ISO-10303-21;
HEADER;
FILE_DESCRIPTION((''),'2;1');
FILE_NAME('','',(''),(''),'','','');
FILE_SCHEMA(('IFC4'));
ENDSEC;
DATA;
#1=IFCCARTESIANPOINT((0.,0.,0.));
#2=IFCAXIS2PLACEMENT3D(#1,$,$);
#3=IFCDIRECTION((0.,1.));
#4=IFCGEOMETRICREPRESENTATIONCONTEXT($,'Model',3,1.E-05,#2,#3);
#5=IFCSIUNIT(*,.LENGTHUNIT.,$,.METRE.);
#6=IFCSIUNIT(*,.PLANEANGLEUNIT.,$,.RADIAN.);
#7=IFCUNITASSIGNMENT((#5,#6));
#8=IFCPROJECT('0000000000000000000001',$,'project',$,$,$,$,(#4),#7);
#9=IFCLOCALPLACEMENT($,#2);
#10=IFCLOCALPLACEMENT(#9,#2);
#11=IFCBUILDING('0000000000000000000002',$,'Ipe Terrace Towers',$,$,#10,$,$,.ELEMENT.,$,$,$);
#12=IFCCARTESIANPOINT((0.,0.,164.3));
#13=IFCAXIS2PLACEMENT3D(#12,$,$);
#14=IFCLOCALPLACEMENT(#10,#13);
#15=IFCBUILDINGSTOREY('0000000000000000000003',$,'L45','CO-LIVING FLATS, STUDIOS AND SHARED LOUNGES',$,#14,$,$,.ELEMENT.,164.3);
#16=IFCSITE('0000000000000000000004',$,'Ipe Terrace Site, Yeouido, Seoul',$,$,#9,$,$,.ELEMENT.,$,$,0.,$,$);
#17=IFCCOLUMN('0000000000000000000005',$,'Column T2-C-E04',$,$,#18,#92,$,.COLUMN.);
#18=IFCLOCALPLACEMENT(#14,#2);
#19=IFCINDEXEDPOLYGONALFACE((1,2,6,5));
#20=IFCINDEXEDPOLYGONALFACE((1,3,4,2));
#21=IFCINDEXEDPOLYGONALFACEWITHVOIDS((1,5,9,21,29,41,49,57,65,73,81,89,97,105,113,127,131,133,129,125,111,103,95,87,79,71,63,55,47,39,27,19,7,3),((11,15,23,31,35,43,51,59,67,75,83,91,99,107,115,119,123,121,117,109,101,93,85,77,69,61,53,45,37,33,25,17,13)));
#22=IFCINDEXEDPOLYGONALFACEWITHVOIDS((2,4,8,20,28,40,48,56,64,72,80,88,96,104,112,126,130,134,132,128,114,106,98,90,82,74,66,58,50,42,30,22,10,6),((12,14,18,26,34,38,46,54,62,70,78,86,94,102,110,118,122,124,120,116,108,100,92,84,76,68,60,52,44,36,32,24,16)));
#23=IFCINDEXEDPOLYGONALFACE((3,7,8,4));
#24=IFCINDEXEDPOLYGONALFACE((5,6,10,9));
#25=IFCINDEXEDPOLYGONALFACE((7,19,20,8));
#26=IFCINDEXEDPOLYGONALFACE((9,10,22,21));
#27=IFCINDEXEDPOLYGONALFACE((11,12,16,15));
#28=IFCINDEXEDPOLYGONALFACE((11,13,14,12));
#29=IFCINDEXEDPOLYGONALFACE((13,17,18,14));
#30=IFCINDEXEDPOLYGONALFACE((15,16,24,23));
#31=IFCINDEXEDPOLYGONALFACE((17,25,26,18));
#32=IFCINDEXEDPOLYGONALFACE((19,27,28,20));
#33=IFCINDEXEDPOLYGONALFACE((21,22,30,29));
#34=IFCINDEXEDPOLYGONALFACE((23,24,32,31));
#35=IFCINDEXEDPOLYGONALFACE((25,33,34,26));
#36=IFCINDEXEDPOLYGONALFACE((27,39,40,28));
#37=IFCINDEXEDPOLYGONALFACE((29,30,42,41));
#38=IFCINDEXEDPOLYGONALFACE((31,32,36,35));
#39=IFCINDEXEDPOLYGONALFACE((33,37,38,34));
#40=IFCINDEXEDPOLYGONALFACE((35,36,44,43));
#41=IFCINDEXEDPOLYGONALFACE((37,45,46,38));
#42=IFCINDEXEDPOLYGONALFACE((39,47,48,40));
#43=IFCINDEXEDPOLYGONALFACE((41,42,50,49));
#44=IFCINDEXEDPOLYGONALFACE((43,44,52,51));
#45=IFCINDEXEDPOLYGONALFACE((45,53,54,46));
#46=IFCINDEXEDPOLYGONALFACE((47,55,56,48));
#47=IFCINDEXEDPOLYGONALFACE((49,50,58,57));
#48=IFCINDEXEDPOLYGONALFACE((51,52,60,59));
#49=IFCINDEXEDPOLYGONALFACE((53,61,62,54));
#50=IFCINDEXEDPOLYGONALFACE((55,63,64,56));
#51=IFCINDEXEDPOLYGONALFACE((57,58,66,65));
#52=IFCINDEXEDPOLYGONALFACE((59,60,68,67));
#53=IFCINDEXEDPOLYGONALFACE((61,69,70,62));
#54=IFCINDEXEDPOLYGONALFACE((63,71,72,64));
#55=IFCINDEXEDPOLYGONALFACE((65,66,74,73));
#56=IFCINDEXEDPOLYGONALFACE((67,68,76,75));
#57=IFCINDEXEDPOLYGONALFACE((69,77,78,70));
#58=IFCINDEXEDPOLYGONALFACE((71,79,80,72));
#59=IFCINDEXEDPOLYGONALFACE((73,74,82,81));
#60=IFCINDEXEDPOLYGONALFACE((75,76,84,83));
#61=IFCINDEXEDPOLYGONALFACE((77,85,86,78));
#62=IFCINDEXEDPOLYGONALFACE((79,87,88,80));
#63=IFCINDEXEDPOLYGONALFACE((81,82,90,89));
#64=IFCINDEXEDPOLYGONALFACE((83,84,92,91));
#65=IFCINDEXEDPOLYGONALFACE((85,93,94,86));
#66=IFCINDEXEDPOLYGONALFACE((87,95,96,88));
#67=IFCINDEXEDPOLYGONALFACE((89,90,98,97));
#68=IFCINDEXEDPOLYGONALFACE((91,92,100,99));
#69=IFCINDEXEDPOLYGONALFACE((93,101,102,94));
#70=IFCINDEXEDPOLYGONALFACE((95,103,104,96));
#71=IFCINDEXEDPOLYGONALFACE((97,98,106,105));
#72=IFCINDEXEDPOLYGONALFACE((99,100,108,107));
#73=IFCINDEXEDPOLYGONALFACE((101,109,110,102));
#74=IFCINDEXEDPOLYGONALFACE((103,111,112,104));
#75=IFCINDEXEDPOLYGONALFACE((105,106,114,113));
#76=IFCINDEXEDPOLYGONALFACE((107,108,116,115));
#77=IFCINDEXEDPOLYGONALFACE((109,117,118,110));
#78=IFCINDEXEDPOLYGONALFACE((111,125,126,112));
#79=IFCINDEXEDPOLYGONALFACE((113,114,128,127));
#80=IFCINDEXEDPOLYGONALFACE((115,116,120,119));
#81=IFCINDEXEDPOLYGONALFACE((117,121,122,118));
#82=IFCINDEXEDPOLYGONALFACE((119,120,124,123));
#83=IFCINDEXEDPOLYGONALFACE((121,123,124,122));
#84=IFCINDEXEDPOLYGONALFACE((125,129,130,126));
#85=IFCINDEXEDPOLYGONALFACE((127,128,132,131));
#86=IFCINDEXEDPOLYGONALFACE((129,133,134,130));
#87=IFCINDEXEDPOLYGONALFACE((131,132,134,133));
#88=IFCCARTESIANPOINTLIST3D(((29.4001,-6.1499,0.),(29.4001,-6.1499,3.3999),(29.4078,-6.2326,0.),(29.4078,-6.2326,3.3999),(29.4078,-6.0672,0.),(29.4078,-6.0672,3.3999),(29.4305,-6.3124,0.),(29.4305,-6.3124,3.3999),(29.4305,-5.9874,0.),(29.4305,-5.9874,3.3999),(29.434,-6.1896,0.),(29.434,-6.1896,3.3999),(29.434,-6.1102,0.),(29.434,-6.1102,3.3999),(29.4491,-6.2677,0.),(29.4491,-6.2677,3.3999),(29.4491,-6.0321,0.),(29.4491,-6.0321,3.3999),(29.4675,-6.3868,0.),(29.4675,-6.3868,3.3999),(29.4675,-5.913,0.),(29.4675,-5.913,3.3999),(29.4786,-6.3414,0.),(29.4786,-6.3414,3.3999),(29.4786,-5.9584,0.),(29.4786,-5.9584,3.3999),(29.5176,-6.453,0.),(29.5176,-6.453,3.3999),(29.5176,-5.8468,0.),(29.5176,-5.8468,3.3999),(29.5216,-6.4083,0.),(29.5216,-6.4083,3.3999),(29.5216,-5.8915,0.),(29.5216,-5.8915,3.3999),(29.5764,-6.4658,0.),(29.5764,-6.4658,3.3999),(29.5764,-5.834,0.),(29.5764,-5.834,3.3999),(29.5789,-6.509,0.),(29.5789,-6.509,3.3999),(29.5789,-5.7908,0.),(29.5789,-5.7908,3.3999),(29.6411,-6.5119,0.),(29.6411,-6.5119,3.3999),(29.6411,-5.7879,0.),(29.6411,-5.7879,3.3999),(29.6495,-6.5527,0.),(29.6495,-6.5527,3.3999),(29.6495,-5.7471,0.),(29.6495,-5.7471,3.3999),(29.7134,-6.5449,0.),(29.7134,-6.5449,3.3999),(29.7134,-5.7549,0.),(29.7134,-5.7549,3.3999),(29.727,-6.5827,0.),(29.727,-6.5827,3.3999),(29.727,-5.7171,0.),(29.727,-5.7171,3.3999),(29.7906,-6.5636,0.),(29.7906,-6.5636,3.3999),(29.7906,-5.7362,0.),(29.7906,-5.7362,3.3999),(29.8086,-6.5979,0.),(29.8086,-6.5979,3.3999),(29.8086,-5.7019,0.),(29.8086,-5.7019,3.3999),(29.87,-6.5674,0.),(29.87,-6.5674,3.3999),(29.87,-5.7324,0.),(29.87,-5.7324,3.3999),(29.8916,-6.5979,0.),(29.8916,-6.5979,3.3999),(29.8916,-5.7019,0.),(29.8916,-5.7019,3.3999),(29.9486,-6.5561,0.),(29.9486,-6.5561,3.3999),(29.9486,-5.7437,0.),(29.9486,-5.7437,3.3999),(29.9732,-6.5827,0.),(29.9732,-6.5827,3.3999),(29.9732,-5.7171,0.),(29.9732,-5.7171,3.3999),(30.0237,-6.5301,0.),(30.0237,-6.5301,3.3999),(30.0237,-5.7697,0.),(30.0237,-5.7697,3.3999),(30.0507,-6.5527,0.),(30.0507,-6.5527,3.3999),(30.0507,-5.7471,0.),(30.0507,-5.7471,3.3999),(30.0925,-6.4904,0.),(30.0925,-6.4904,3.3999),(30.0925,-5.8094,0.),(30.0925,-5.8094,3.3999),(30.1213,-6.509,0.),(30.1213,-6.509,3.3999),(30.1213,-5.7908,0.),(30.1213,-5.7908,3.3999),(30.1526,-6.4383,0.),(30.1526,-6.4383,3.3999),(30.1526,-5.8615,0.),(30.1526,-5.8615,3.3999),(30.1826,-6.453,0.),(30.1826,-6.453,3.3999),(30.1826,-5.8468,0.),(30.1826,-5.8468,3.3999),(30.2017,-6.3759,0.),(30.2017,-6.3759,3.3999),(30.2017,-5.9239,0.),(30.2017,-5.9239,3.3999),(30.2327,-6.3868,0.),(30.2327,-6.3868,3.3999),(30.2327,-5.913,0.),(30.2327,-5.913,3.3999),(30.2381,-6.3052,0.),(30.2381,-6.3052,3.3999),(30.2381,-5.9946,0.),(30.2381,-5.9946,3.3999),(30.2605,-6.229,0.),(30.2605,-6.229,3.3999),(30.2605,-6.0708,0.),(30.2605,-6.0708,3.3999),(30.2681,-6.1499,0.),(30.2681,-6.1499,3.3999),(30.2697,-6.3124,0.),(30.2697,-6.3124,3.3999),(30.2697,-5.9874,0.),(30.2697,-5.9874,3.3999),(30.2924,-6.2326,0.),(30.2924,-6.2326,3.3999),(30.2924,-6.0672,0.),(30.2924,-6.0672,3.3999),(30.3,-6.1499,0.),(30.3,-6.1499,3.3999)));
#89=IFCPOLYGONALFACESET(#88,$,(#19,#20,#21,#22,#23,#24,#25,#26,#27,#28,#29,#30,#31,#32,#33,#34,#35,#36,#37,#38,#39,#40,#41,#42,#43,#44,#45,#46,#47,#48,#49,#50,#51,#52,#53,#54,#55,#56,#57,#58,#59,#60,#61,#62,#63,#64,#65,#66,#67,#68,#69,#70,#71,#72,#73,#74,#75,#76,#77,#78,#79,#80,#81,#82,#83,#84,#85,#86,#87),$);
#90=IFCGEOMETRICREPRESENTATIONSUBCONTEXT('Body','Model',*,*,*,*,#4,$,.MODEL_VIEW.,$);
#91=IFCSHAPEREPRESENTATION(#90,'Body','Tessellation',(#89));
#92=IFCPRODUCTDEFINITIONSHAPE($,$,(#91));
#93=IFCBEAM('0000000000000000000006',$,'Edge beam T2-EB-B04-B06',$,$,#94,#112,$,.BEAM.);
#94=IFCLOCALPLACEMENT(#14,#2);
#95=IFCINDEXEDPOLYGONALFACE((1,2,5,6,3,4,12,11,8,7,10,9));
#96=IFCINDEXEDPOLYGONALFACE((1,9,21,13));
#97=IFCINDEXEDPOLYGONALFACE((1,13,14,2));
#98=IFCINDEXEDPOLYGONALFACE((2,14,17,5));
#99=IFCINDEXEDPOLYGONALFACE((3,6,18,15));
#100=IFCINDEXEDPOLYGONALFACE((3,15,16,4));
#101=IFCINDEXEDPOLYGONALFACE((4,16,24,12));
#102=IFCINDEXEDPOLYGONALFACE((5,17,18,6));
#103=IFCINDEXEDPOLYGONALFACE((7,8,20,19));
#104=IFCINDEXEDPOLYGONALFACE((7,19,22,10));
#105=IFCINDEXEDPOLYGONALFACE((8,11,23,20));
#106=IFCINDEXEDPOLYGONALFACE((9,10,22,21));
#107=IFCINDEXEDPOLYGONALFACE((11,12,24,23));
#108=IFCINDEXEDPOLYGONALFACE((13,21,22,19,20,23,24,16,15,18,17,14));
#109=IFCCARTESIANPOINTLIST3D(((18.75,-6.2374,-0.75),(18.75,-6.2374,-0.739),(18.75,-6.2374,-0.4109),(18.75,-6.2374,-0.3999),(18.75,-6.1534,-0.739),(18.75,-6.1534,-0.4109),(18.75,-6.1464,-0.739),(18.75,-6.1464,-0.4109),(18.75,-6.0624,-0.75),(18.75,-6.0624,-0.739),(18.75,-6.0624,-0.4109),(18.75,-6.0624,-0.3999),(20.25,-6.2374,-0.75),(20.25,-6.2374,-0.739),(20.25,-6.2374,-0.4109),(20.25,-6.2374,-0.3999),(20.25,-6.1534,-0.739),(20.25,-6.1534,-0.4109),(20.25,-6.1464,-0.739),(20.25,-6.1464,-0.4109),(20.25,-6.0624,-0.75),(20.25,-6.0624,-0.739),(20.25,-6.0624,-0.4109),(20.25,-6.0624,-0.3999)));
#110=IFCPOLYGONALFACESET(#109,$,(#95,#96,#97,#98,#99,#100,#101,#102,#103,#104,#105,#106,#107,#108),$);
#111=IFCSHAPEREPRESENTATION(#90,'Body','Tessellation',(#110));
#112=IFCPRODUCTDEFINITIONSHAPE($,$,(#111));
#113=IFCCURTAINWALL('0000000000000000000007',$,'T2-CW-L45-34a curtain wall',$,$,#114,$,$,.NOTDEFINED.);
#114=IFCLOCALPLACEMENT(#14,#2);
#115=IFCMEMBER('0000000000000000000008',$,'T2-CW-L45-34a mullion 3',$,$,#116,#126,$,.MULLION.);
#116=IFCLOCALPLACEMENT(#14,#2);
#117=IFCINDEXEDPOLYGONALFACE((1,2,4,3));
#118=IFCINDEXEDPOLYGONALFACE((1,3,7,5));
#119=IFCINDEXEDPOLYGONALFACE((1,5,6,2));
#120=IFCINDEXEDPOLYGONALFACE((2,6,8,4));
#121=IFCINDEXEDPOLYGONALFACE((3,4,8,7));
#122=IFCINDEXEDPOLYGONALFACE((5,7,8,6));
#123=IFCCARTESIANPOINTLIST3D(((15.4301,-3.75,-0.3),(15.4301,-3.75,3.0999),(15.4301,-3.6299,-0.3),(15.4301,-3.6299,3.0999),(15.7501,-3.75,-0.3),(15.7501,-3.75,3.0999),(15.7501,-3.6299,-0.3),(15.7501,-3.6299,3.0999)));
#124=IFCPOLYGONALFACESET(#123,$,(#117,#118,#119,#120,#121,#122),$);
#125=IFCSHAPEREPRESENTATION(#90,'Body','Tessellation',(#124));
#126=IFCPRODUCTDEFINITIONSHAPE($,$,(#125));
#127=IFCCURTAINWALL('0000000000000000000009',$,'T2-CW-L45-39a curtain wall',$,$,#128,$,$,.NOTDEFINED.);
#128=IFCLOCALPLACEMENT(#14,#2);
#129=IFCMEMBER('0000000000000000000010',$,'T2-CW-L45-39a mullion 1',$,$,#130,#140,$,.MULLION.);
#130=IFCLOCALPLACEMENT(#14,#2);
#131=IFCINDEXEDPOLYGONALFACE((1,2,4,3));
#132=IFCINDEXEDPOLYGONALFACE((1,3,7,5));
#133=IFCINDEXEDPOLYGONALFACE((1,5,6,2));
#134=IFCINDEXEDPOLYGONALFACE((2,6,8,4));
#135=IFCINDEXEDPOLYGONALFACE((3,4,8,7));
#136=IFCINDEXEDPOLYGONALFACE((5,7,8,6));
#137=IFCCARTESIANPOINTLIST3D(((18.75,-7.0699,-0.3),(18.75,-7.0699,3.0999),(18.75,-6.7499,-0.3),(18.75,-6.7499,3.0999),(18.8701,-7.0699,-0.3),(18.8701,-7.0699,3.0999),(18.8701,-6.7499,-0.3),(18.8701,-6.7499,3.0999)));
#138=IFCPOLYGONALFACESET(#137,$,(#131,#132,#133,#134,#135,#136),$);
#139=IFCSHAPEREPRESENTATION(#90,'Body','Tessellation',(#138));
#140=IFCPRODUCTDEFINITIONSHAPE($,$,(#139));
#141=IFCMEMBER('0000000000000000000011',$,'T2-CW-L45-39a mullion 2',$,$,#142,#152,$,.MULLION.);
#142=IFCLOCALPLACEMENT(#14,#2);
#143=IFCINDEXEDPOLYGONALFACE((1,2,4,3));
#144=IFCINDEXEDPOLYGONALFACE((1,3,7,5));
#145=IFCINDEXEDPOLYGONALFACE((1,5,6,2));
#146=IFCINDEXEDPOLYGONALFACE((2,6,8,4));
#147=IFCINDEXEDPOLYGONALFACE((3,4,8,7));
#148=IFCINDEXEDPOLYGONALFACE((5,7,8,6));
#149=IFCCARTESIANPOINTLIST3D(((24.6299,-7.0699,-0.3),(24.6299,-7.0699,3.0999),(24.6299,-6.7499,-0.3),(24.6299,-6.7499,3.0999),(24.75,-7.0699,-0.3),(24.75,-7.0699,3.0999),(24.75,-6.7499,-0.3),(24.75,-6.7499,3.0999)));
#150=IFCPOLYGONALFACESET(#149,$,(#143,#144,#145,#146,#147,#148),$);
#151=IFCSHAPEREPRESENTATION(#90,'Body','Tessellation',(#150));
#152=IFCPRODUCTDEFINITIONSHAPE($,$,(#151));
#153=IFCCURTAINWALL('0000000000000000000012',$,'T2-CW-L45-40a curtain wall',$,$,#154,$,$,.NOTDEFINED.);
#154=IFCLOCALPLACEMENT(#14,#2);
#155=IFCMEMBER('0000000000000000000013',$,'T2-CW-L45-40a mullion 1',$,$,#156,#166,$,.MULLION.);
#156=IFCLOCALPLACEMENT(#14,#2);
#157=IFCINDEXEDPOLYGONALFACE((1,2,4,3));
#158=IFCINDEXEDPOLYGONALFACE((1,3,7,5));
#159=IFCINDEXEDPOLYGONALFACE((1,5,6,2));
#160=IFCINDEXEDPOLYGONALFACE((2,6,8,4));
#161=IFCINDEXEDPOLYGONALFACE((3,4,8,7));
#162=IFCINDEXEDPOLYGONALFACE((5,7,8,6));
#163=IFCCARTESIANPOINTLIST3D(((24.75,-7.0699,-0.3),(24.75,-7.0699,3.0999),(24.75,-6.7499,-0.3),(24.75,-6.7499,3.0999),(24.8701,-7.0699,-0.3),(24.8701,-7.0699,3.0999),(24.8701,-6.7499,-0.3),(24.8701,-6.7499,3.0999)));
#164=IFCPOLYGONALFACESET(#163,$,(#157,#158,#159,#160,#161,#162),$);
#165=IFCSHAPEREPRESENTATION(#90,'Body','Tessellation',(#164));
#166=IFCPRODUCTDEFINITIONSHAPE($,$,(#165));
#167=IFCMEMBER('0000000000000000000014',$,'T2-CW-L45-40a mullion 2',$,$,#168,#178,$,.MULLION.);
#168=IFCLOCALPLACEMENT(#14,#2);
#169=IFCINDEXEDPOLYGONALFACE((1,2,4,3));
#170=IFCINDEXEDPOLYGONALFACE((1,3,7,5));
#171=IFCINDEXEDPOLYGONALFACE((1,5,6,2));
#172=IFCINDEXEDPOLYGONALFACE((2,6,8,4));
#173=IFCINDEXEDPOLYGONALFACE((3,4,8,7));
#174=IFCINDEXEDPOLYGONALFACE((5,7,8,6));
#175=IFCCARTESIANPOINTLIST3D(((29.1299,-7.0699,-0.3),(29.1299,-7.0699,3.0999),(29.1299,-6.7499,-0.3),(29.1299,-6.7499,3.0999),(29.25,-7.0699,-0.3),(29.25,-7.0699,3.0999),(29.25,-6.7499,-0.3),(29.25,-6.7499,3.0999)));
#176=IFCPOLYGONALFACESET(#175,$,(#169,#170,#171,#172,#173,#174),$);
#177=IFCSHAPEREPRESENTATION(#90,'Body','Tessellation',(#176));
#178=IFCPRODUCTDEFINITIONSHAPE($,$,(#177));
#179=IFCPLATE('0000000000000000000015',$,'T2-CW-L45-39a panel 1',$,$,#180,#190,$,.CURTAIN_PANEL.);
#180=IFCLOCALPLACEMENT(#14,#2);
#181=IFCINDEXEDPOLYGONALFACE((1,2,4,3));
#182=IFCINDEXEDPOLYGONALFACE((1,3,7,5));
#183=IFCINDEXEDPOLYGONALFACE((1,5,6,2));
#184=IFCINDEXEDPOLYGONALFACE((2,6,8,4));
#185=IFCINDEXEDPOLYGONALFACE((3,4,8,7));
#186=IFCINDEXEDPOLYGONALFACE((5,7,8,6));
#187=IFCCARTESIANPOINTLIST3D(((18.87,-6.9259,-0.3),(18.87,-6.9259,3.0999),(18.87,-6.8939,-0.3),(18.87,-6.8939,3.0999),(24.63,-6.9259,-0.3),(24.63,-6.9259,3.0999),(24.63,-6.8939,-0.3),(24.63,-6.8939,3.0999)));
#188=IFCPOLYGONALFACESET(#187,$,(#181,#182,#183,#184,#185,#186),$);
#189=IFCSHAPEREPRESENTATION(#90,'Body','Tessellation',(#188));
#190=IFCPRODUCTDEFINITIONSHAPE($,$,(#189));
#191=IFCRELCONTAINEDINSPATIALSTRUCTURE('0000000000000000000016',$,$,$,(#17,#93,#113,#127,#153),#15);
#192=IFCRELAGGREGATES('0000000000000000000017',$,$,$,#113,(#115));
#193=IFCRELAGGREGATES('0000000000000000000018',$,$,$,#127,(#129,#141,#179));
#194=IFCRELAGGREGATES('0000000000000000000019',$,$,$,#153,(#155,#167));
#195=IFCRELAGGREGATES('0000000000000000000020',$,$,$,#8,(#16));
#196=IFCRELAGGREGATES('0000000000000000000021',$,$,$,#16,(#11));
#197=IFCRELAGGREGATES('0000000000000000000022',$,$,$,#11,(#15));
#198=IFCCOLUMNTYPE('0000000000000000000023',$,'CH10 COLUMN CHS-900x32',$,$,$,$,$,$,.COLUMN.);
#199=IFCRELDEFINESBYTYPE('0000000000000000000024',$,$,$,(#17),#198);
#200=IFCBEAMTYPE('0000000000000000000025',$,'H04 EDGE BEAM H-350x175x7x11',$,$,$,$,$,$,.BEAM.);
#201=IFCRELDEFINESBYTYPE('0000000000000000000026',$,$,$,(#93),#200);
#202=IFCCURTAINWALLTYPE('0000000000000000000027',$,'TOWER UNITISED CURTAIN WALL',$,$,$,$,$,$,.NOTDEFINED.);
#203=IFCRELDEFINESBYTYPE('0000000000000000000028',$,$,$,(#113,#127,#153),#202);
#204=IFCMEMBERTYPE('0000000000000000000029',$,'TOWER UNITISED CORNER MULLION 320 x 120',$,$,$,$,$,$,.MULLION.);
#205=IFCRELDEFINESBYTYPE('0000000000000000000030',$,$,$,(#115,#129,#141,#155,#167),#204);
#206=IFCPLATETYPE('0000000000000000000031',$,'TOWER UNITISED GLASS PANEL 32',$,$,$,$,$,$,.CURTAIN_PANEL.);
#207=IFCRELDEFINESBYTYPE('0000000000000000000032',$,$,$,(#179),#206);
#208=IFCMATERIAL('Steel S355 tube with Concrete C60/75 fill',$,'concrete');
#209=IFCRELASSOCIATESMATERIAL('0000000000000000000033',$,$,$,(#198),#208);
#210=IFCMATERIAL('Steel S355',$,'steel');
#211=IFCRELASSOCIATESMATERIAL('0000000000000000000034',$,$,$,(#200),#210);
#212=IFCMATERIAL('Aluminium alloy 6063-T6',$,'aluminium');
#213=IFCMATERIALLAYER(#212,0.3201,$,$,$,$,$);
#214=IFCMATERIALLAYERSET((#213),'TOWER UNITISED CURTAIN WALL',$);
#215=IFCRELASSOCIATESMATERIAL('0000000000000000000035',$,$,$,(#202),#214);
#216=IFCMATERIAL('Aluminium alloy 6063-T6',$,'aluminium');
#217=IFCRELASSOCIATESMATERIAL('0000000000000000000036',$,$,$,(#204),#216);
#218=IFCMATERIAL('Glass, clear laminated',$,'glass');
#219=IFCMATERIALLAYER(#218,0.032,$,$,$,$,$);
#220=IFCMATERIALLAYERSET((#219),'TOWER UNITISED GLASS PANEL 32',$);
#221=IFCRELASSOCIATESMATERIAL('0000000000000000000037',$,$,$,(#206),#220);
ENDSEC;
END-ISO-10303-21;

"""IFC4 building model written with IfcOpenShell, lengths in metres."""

from ifc_helpers import new_model, si_unit, direction, frame, origin, origin_2d, place, context, subcontext, project, spatial, rectangle, hollow_circle, i_section, extrude, material, layer, layer_set, material_profile, profile_set, type_object, element, aggregate, save


model = new_model("IFC4")

# Units and contexts
model_context = context("Model", 3, precision=1e-05, world=origin(), true_north=direction((0.0, 1.0)))
body_context = subcontext(model_context, "Body", "Model", "MODEL_VIEW")
ifc_project = project(units=[si_unit("LENGTHUNIT", "METRE"), si_unit("PLANEANGLEUNIT", "RADIAN")], contexts=[model_context])

# Site, building, storey
site_placement = place(None, origin())
site = spatial("IfcSite", under=ifc_project, at=site_placement, Name="Ipe Terrace Site, Yeouido, Seoul", CompositionType="ELEMENT", RefElevation=0.0)
building_placement = place(site_placement, origin())
building = spatial("IfcBuilding", under=site, at=building_placement, Name="Ipe Terrace Towers", CompositionType="ELEMENT")
storey_placement = place(building_placement, frame((0.0, 0.0, 164.3)))
storey = spatial("IfcBuildingStorey", under=building, at=storey_placement, Name="L45", Description="CO-LIVING FLATS, STUDIOS AND SHARED LOUNGES", CompositionType="ELEMENT", Elevation=164.3)

# Column
ifc_material_1 = material(Name="Steel S355 tube with Concrete C60/75 fill", Category="concrete")
ifc_material_profile_1 = material_profile(ifc_material_1, hollow_circle(Radius=0.45, WallThickness=0.032, at=origin_2d()), Name="CHS-900x32")
ifc_profile_set_1 = profile_set([ifc_material_profile_1], Name="Steel S355 tube with Concrete C60/75 fill")
column_type_1 = type_object("IfcColumnType", Name="CH10 COLUMN CHS-900x32", PredefinedType="COLUMN", material=ifc_profile_set_1)
column_placement = place(storey_placement, frame((29.8501, -6.1499, 0.0), z_axis=(0.0, 0.0, 1.0), x_axis=(1.0, 0.0, 0.0)))
element("IfcColumn", 1, at=column_placement, inside=storey, type_object=column_type_1, Name="Column T2-C-E04", PredefinedType="COLUMN", context=body_context, shape_type="SweptSolid", body=[
    extrude(hollow_circle(Radius=0.45, WallThickness=0.032, at=origin_2d()), origin(), (0.0, 0.0, 1.0), 3.3999),
])

# Beam
ifc_material_2 = material(Name="Steel S355", Category="steel")
ifc_material_profile_2 = material_profile(ifc_material_2, i_section(OverallWidth=0.175, OverallDepth=0.3501, WebThickness=0.0071, FlangeThickness=0.011, at=origin_2d()), Name="H-350x175x7x11")
ifc_profile_set_2 = profile_set([ifc_material_profile_2], Name="Steel S355")
beam_type = type_object("IfcBeamType", Name="H04 EDGE BEAM H-350x175x7x11", PredefinedType="BEAM", material=ifc_profile_set_2)
beam_placement = place(storey_placement, frame((20.25, -6.1499, -0.575), z_axis=(-1.0, 0.0, 0.0), x_axis=(0.0, -1.0, 0.0)))
element("IfcBeam", 2, at=beam_placement, inside=storey, type_object=beam_type, Name="Edge beam T2-EB-B04-B06", PredefinedType="BEAM", context=body_context, shape_type="SweptSolid", body=[
    extrude(i_section(OverallWidth=0.175, OverallDepth=0.3501, WebThickness=0.0071, FlangeThickness=0.011, at=origin_2d()), origin(), (0.0, 0.0, 1.0), 1.5),
])

# Curtain wall, member
ifc_material_3 = material(Name="Aluminium alloy 6063-T6", Category="aluminium")
ifc_layer_1 = layer(ifc_material_3, 0.3201)
ifc_layer_set_1 = layer_set([ifc_layer_1], Name="TOWER UNITISED CURTAIN WALL")
curtain_wall_type = type_object("IfcCurtainWallType", Name="TOWER UNITISED CURTAIN WALL", PredefinedType="NOTDEFINED", material=ifc_layer_set_1)
curtain_wall_1_placement = place(storey_placement, origin())
curtain_wall_1 = element("IfcCurtainWall", 3, at=curtain_wall_1_placement, inside=storey, type_object=curtain_wall_type, Name="T2-CW-L45-34a curtain wall", PredefinedType="NOTDEFINED")
ifc_material_4 = material(Name="Aluminium alloy 6063-T6", Category="aluminium")
ifc_material_profile_3 = material_profile(ifc_material_4, rectangle(XDim=0.3201, YDim=0.1201, at=origin_2d()), Name="TOWER UNITISED CORNER MULLION 320 x 120")
ifc_profile_set_3 = profile_set([ifc_material_profile_3], Name="Aluminium alloy 6063-T6")
member_type = type_object("IfcMemberType", Name="TOWER UNITISED CORNER MULLION 320 x 120", PredefinedType="MULLION", material=ifc_profile_set_3)
member_1_placement = place(storey_placement, frame((15.5901, -3.6899, -0.3), z_axis=(0.0, 0.0, 1.0), x_axis=(-1.0, 0.0, 0.0)))
member_1 = element("IfcMember", 4, at=member_1_placement, type_object=member_type, Name="T2-CW-L45-34a mullion 3", PredefinedType="MULLION", context=body_context, shape_type="SweptSolid", body=[
    extrude(rectangle(XDim=0.3201, YDim=0.1201, at=origin_2d()), origin(), (0.0, 0.0, 1.0), 3.3999),
])
aggregate(curtain_wall_1, [member_1])

# Curtain walls, members
curtain_wall_2_placement = place(storey_placement, origin())
curtain_wall_2 = element("IfcCurtainWall", 5, at=curtain_wall_2_placement, inside=storey, type_object=curtain_wall_type, Name="T2-CW-L45-39a curtain wall", PredefinedType="NOTDEFINED")
member_2_placement = place(storey_placement, frame((18.8101, -6.9099, -0.3), z_axis=(0.0, 0.0, 1.0), x_axis=(0.0, -1.0, 0.0)))
member_2 = element("IfcMember", 6, at=member_2_placement, type_object=member_type, Name="T2-CW-L45-39a mullion 1", PredefinedType="MULLION", context=body_context, shape_type="SweptSolid", body=[
    extrude(rectangle(XDim=0.3201, YDim=0.1201, at=origin_2d()), origin(), (0.0, 0.0, 1.0), 3.3999),
])
member_3_placement = place(storey_placement, frame((24.6899, -6.9099, -0.3), z_axis=(0.0, 0.0, 1.0), x_axis=(0.0, -1.0, 0.0)))
member_3 = element("IfcMember", 7, at=member_3_placement, type_object=member_type, Name="T2-CW-L45-39a mullion 2", PredefinedType="MULLION", context=body_context, shape_type="SweptSolid", body=[
    extrude(rectangle(XDim=0.3201, YDim=0.1201, at=origin_2d()), origin(), (0.0, 0.0, 1.0), 3.3999),
])
curtain_wall_3_placement = place(storey_placement, origin())
curtain_wall_3 = element("IfcCurtainWall", 8, at=curtain_wall_3_placement, inside=storey, type_object=curtain_wall_type, Name="T2-CW-L45-40a curtain wall", PredefinedType="NOTDEFINED")
member_4_placement = place(storey_placement, frame((24.8101, -6.9099, -0.3), z_axis=(0.0, 0.0, 1.0), x_axis=(0.0, -1.0, 0.0)))
member_4 = element("IfcMember", 9, at=member_4_placement, type_object=member_type, Name="T2-CW-L45-40a mullion 1", PredefinedType="MULLION", context=body_context, shape_type="SweptSolid", body=[
    extrude(rectangle(XDim=0.3201, YDim=0.1201, at=origin_2d()), origin(), (0.0, 0.0, 1.0), 3.3999),
])
member_5_placement = place(storey_placement, frame((29.1899, -6.9099, -0.3), z_axis=(0.0, 0.0, 1.0), x_axis=(0.0, -1.0, 0.0)))
member_5 = element("IfcMember", 10, at=member_5_placement, type_object=member_type, Name="T2-CW-L45-40a mullion 2", PredefinedType="MULLION", context=body_context, shape_type="SweptSolid", body=[
    extrude(rectangle(XDim=0.3201, YDim=0.1201, at=origin_2d()), origin(), (0.0, 0.0, 1.0), 3.3999),
])

# Plate
ifc_material_5 = material(Name="Glass, clear laminated", Category="glass")
ifc_layer_2 = layer(ifc_material_5, 0.032)
ifc_layer_set_2 = layer_set([ifc_layer_2], Name="TOWER UNITISED GLASS PANEL 32")
plate_type = type_object("IfcPlateType", Name="TOWER UNITISED GLASS PANEL 32", PredefinedType="CURTAIN_PANEL", material=ifc_layer_set_2)
plate_1_placement = place(storey_placement, frame((21.75, -6.9099, -0.3), z_axis=(0.0, 0.0, 1.0), x_axis=(1.0, 0.0, 0.0)))
plate_1 = element("IfcPlate", 11, at=plate_1_placement, type_object=plate_type, Name="T2-CW-L45-39a panel 1", PredefinedType="CURTAIN_PANEL", context=body_context, shape_type="SweptSolid", body=[
    extrude(rectangle(XDim=5.76, YDim=0.032, at=origin_2d()), origin(), (0.0, 0.0, 1.0), 3.3999),
])
aggregate(curtain_wall_2, [member_2, member_3, plate_1])
aggregate(curtain_wall_3, [member_4, member_5])

save(model, "model.ifc")
